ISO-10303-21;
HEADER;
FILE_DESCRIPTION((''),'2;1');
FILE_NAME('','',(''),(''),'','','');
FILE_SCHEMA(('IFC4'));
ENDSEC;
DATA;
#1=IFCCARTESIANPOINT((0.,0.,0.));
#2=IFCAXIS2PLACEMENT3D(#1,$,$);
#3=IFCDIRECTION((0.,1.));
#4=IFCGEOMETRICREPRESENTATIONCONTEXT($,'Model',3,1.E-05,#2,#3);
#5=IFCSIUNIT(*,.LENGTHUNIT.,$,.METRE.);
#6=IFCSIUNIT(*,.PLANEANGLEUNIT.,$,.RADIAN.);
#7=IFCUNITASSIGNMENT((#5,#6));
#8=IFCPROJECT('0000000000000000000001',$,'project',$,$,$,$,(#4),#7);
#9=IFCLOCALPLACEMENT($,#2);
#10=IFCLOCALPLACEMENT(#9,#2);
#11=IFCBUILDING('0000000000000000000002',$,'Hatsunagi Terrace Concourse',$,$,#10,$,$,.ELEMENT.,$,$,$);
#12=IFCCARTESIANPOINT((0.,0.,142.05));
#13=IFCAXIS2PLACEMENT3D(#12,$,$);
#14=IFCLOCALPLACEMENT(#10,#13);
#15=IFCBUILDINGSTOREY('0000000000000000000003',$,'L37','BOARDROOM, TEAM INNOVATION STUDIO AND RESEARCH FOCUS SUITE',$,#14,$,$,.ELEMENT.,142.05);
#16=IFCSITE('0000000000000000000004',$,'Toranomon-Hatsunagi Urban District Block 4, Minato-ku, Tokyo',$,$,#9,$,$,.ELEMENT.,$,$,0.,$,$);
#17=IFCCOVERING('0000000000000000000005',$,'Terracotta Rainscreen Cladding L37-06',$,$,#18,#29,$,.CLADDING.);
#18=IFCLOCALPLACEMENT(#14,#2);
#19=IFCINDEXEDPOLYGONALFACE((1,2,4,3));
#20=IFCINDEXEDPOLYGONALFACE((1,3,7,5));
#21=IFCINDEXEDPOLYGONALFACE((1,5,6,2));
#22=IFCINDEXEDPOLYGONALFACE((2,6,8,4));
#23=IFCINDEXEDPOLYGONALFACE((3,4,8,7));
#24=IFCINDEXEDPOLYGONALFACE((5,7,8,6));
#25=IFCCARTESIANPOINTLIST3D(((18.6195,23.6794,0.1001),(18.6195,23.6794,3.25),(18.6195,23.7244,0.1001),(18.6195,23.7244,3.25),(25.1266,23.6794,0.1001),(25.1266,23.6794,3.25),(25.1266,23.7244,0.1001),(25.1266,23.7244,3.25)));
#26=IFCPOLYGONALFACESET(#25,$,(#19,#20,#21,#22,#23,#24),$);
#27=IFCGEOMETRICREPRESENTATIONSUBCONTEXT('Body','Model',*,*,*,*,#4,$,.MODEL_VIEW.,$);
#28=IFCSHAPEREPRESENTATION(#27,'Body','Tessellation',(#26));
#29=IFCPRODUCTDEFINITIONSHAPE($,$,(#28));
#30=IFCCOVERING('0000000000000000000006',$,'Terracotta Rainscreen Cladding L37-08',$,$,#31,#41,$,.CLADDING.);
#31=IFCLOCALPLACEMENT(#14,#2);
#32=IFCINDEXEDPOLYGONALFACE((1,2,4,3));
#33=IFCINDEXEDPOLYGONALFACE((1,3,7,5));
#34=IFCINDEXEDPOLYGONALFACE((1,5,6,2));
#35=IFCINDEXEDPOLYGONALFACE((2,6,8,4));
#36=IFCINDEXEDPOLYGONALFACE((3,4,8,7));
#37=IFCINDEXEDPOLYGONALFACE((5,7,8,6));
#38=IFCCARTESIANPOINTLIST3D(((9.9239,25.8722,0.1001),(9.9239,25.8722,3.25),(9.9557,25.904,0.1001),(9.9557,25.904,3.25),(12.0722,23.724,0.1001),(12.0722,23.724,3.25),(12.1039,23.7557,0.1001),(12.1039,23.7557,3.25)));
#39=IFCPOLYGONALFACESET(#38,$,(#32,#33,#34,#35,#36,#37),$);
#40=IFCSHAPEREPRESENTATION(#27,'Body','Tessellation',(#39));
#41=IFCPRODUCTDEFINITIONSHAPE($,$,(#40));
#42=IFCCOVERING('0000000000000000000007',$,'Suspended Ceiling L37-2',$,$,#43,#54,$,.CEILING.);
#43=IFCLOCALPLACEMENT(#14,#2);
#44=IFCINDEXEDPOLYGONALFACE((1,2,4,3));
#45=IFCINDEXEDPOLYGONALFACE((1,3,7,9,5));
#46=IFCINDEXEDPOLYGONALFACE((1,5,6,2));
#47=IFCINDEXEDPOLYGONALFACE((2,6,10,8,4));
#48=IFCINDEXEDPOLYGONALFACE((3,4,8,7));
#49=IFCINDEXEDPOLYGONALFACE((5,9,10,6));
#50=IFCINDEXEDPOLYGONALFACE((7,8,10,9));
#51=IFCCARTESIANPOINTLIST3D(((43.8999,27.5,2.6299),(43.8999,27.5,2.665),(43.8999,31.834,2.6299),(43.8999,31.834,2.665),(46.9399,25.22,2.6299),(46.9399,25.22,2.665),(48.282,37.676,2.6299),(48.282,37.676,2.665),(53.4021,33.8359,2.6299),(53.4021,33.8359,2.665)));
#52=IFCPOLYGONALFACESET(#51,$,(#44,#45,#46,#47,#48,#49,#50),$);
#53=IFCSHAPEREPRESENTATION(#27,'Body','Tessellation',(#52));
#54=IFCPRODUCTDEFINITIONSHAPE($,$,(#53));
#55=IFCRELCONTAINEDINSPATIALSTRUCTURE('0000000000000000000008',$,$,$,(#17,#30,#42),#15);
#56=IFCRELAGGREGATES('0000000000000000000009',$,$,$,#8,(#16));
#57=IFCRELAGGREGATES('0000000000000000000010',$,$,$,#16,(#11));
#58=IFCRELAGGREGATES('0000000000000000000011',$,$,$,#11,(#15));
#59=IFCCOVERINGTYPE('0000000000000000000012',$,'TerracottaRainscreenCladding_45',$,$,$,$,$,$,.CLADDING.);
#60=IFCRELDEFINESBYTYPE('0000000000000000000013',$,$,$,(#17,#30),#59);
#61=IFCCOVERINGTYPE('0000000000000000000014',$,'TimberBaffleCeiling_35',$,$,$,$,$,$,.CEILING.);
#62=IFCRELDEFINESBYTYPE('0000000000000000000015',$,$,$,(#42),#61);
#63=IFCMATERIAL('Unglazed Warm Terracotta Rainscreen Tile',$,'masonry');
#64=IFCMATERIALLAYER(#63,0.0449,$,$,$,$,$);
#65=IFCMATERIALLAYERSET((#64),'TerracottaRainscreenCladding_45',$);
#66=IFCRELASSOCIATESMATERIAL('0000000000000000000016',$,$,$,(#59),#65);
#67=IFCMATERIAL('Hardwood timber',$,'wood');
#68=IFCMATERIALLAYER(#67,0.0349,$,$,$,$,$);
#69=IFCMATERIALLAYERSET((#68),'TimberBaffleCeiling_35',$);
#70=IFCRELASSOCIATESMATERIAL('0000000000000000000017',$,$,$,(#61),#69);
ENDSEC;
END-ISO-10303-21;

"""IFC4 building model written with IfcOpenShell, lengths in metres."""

from ifc_helpers import new_model, si_unit, direction, frame, origin, origin_2d, place, context, subcontext, project, spatial, polyline, rectangle, outline, extrude, material, layer, layer_set, type_object, element, save


model = new_model("IFC4")

# Units and contexts
model_context = context("Model", 3, precision=1e-05, world=origin(), true_north=direction((0.0, 1.0)))
body_context = subcontext(model_context, "Body", "Model", "MODEL_VIEW")
ifc_project = project(units=[si_unit("LENGTHUNIT", "METRE"), si_unit("PLANEANGLEUNIT", "RADIAN")], contexts=[model_context])

# Site, building, storey
site_placement = place(None, origin())
site = spatial("IfcSite", under=ifc_project, at=site_placement, Name="Toranomon-Hatsunagi Urban District Block 4, Minato-ku, Tokyo", CompositionType="ELEMENT", RefElevation=0.0)
building_placement = place(site_placement, origin())
building = spatial("IfcBuilding", under=site, at=building_placement, Name="Hatsunagi Terrace Concourse", CompositionType="ELEMENT")
storey_placement = place(building_placement, frame((0.0, 0.0, 142.05)))
storey = spatial("IfcBuildingStorey", under=building, at=storey_placement, Name="L37", Description="BOARDROOM, TEAM INNOVATION STUDIO AND RESEARCH FOCUS SUITE", CompositionType="ELEMENT", Elevation=142.05)

# Coverings
ifc_material_1 = material(Name="Unglazed Warm Terracotta Rainscreen Tile", Category="masonry")
ifc_layer_1 = layer(ifc_material_1, 0.0449)
ifc_layer_set_1 = layer_set([ifc_layer_1], Name="TerracottaRainscreenCladding_45")
covering_type_1 = type_object("IfcCoveringType", Name="TerracottaRainscreenCladding_45", PredefinedType="CLADDING", material=ifc_layer_set_1)
covering_1_placement = place(storey_placement, frame((21.873, 23.7019, 0.1001), z_axis=(0.0, 0.0, 1.0), x_axis=(-1.0, 0.0, 0.0)))
element("IfcCovering", 1, at=covering_1_placement, inside=storey, type_object=covering_type_1, Name="Terracotta Rainscreen Cladding L37-06", PredefinedType="CLADDING", context=body_context, shape_type="SweptSolid", body=[
    extrude(rectangle(XDim=6.5071, YDim=0.0449, at=origin_2d()), origin(), (0.0, 0.0, 1.0), 3.1499),
])
covering_2_placement = place(storey_placement, frame((11.0139, 24.814, 0.1001), z_axis=(0.0, 0.0, 1.0), x_axis=(-0.707107, 0.707107, 0.0)))
element("IfcCovering", 2, at=covering_2_placement, inside=storey, type_object=covering_type_1, Name="Terracotta Rainscreen Cladding L37-08", PredefinedType="CLADDING", context=body_context, shape_type="SweptSolid", body=[
    extrude(rectangle(XDim=3.0381, YDim=0.0449, at=origin_2d()), origin(), (0.0, 0.0, 1.0), 3.1499),
])
ifc_material_2 = material(Name="Hardwood timber", Category="wood")
ifc_layer_2 = layer(ifc_material_2, 0.0349)
ifc_layer_set_2 = layer_set([ifc_layer_2], Name="TimberBaffleCeiling_35")
covering_type_2 = type_object("IfcCoveringType", Name="TimberBaffleCeiling_35", PredefinedType="CEILING", material=ifc_layer_set_2)
covering_3_placement = place(storey_placement, frame((0.0, 0.0, 2.6299)))
element("IfcCovering", 3, at=covering_3_placement, inside=storey, type_object=covering_type_2, Name="Suspended Ceiling L37-2", PredefinedType="CEILING", context=body_context, shape_type="SweptSolid", body=[
    extrude(outline(polyline([(48.282, 37.676), (43.8999, 31.834), (43.8999, 27.5), (46.9399, 25.22), (53.4021, 33.8359), (48.282, 37.676)])), origin(), (0.0, 0.0, 1.0), 0.0352),
])

save(model, "model.ifc")
